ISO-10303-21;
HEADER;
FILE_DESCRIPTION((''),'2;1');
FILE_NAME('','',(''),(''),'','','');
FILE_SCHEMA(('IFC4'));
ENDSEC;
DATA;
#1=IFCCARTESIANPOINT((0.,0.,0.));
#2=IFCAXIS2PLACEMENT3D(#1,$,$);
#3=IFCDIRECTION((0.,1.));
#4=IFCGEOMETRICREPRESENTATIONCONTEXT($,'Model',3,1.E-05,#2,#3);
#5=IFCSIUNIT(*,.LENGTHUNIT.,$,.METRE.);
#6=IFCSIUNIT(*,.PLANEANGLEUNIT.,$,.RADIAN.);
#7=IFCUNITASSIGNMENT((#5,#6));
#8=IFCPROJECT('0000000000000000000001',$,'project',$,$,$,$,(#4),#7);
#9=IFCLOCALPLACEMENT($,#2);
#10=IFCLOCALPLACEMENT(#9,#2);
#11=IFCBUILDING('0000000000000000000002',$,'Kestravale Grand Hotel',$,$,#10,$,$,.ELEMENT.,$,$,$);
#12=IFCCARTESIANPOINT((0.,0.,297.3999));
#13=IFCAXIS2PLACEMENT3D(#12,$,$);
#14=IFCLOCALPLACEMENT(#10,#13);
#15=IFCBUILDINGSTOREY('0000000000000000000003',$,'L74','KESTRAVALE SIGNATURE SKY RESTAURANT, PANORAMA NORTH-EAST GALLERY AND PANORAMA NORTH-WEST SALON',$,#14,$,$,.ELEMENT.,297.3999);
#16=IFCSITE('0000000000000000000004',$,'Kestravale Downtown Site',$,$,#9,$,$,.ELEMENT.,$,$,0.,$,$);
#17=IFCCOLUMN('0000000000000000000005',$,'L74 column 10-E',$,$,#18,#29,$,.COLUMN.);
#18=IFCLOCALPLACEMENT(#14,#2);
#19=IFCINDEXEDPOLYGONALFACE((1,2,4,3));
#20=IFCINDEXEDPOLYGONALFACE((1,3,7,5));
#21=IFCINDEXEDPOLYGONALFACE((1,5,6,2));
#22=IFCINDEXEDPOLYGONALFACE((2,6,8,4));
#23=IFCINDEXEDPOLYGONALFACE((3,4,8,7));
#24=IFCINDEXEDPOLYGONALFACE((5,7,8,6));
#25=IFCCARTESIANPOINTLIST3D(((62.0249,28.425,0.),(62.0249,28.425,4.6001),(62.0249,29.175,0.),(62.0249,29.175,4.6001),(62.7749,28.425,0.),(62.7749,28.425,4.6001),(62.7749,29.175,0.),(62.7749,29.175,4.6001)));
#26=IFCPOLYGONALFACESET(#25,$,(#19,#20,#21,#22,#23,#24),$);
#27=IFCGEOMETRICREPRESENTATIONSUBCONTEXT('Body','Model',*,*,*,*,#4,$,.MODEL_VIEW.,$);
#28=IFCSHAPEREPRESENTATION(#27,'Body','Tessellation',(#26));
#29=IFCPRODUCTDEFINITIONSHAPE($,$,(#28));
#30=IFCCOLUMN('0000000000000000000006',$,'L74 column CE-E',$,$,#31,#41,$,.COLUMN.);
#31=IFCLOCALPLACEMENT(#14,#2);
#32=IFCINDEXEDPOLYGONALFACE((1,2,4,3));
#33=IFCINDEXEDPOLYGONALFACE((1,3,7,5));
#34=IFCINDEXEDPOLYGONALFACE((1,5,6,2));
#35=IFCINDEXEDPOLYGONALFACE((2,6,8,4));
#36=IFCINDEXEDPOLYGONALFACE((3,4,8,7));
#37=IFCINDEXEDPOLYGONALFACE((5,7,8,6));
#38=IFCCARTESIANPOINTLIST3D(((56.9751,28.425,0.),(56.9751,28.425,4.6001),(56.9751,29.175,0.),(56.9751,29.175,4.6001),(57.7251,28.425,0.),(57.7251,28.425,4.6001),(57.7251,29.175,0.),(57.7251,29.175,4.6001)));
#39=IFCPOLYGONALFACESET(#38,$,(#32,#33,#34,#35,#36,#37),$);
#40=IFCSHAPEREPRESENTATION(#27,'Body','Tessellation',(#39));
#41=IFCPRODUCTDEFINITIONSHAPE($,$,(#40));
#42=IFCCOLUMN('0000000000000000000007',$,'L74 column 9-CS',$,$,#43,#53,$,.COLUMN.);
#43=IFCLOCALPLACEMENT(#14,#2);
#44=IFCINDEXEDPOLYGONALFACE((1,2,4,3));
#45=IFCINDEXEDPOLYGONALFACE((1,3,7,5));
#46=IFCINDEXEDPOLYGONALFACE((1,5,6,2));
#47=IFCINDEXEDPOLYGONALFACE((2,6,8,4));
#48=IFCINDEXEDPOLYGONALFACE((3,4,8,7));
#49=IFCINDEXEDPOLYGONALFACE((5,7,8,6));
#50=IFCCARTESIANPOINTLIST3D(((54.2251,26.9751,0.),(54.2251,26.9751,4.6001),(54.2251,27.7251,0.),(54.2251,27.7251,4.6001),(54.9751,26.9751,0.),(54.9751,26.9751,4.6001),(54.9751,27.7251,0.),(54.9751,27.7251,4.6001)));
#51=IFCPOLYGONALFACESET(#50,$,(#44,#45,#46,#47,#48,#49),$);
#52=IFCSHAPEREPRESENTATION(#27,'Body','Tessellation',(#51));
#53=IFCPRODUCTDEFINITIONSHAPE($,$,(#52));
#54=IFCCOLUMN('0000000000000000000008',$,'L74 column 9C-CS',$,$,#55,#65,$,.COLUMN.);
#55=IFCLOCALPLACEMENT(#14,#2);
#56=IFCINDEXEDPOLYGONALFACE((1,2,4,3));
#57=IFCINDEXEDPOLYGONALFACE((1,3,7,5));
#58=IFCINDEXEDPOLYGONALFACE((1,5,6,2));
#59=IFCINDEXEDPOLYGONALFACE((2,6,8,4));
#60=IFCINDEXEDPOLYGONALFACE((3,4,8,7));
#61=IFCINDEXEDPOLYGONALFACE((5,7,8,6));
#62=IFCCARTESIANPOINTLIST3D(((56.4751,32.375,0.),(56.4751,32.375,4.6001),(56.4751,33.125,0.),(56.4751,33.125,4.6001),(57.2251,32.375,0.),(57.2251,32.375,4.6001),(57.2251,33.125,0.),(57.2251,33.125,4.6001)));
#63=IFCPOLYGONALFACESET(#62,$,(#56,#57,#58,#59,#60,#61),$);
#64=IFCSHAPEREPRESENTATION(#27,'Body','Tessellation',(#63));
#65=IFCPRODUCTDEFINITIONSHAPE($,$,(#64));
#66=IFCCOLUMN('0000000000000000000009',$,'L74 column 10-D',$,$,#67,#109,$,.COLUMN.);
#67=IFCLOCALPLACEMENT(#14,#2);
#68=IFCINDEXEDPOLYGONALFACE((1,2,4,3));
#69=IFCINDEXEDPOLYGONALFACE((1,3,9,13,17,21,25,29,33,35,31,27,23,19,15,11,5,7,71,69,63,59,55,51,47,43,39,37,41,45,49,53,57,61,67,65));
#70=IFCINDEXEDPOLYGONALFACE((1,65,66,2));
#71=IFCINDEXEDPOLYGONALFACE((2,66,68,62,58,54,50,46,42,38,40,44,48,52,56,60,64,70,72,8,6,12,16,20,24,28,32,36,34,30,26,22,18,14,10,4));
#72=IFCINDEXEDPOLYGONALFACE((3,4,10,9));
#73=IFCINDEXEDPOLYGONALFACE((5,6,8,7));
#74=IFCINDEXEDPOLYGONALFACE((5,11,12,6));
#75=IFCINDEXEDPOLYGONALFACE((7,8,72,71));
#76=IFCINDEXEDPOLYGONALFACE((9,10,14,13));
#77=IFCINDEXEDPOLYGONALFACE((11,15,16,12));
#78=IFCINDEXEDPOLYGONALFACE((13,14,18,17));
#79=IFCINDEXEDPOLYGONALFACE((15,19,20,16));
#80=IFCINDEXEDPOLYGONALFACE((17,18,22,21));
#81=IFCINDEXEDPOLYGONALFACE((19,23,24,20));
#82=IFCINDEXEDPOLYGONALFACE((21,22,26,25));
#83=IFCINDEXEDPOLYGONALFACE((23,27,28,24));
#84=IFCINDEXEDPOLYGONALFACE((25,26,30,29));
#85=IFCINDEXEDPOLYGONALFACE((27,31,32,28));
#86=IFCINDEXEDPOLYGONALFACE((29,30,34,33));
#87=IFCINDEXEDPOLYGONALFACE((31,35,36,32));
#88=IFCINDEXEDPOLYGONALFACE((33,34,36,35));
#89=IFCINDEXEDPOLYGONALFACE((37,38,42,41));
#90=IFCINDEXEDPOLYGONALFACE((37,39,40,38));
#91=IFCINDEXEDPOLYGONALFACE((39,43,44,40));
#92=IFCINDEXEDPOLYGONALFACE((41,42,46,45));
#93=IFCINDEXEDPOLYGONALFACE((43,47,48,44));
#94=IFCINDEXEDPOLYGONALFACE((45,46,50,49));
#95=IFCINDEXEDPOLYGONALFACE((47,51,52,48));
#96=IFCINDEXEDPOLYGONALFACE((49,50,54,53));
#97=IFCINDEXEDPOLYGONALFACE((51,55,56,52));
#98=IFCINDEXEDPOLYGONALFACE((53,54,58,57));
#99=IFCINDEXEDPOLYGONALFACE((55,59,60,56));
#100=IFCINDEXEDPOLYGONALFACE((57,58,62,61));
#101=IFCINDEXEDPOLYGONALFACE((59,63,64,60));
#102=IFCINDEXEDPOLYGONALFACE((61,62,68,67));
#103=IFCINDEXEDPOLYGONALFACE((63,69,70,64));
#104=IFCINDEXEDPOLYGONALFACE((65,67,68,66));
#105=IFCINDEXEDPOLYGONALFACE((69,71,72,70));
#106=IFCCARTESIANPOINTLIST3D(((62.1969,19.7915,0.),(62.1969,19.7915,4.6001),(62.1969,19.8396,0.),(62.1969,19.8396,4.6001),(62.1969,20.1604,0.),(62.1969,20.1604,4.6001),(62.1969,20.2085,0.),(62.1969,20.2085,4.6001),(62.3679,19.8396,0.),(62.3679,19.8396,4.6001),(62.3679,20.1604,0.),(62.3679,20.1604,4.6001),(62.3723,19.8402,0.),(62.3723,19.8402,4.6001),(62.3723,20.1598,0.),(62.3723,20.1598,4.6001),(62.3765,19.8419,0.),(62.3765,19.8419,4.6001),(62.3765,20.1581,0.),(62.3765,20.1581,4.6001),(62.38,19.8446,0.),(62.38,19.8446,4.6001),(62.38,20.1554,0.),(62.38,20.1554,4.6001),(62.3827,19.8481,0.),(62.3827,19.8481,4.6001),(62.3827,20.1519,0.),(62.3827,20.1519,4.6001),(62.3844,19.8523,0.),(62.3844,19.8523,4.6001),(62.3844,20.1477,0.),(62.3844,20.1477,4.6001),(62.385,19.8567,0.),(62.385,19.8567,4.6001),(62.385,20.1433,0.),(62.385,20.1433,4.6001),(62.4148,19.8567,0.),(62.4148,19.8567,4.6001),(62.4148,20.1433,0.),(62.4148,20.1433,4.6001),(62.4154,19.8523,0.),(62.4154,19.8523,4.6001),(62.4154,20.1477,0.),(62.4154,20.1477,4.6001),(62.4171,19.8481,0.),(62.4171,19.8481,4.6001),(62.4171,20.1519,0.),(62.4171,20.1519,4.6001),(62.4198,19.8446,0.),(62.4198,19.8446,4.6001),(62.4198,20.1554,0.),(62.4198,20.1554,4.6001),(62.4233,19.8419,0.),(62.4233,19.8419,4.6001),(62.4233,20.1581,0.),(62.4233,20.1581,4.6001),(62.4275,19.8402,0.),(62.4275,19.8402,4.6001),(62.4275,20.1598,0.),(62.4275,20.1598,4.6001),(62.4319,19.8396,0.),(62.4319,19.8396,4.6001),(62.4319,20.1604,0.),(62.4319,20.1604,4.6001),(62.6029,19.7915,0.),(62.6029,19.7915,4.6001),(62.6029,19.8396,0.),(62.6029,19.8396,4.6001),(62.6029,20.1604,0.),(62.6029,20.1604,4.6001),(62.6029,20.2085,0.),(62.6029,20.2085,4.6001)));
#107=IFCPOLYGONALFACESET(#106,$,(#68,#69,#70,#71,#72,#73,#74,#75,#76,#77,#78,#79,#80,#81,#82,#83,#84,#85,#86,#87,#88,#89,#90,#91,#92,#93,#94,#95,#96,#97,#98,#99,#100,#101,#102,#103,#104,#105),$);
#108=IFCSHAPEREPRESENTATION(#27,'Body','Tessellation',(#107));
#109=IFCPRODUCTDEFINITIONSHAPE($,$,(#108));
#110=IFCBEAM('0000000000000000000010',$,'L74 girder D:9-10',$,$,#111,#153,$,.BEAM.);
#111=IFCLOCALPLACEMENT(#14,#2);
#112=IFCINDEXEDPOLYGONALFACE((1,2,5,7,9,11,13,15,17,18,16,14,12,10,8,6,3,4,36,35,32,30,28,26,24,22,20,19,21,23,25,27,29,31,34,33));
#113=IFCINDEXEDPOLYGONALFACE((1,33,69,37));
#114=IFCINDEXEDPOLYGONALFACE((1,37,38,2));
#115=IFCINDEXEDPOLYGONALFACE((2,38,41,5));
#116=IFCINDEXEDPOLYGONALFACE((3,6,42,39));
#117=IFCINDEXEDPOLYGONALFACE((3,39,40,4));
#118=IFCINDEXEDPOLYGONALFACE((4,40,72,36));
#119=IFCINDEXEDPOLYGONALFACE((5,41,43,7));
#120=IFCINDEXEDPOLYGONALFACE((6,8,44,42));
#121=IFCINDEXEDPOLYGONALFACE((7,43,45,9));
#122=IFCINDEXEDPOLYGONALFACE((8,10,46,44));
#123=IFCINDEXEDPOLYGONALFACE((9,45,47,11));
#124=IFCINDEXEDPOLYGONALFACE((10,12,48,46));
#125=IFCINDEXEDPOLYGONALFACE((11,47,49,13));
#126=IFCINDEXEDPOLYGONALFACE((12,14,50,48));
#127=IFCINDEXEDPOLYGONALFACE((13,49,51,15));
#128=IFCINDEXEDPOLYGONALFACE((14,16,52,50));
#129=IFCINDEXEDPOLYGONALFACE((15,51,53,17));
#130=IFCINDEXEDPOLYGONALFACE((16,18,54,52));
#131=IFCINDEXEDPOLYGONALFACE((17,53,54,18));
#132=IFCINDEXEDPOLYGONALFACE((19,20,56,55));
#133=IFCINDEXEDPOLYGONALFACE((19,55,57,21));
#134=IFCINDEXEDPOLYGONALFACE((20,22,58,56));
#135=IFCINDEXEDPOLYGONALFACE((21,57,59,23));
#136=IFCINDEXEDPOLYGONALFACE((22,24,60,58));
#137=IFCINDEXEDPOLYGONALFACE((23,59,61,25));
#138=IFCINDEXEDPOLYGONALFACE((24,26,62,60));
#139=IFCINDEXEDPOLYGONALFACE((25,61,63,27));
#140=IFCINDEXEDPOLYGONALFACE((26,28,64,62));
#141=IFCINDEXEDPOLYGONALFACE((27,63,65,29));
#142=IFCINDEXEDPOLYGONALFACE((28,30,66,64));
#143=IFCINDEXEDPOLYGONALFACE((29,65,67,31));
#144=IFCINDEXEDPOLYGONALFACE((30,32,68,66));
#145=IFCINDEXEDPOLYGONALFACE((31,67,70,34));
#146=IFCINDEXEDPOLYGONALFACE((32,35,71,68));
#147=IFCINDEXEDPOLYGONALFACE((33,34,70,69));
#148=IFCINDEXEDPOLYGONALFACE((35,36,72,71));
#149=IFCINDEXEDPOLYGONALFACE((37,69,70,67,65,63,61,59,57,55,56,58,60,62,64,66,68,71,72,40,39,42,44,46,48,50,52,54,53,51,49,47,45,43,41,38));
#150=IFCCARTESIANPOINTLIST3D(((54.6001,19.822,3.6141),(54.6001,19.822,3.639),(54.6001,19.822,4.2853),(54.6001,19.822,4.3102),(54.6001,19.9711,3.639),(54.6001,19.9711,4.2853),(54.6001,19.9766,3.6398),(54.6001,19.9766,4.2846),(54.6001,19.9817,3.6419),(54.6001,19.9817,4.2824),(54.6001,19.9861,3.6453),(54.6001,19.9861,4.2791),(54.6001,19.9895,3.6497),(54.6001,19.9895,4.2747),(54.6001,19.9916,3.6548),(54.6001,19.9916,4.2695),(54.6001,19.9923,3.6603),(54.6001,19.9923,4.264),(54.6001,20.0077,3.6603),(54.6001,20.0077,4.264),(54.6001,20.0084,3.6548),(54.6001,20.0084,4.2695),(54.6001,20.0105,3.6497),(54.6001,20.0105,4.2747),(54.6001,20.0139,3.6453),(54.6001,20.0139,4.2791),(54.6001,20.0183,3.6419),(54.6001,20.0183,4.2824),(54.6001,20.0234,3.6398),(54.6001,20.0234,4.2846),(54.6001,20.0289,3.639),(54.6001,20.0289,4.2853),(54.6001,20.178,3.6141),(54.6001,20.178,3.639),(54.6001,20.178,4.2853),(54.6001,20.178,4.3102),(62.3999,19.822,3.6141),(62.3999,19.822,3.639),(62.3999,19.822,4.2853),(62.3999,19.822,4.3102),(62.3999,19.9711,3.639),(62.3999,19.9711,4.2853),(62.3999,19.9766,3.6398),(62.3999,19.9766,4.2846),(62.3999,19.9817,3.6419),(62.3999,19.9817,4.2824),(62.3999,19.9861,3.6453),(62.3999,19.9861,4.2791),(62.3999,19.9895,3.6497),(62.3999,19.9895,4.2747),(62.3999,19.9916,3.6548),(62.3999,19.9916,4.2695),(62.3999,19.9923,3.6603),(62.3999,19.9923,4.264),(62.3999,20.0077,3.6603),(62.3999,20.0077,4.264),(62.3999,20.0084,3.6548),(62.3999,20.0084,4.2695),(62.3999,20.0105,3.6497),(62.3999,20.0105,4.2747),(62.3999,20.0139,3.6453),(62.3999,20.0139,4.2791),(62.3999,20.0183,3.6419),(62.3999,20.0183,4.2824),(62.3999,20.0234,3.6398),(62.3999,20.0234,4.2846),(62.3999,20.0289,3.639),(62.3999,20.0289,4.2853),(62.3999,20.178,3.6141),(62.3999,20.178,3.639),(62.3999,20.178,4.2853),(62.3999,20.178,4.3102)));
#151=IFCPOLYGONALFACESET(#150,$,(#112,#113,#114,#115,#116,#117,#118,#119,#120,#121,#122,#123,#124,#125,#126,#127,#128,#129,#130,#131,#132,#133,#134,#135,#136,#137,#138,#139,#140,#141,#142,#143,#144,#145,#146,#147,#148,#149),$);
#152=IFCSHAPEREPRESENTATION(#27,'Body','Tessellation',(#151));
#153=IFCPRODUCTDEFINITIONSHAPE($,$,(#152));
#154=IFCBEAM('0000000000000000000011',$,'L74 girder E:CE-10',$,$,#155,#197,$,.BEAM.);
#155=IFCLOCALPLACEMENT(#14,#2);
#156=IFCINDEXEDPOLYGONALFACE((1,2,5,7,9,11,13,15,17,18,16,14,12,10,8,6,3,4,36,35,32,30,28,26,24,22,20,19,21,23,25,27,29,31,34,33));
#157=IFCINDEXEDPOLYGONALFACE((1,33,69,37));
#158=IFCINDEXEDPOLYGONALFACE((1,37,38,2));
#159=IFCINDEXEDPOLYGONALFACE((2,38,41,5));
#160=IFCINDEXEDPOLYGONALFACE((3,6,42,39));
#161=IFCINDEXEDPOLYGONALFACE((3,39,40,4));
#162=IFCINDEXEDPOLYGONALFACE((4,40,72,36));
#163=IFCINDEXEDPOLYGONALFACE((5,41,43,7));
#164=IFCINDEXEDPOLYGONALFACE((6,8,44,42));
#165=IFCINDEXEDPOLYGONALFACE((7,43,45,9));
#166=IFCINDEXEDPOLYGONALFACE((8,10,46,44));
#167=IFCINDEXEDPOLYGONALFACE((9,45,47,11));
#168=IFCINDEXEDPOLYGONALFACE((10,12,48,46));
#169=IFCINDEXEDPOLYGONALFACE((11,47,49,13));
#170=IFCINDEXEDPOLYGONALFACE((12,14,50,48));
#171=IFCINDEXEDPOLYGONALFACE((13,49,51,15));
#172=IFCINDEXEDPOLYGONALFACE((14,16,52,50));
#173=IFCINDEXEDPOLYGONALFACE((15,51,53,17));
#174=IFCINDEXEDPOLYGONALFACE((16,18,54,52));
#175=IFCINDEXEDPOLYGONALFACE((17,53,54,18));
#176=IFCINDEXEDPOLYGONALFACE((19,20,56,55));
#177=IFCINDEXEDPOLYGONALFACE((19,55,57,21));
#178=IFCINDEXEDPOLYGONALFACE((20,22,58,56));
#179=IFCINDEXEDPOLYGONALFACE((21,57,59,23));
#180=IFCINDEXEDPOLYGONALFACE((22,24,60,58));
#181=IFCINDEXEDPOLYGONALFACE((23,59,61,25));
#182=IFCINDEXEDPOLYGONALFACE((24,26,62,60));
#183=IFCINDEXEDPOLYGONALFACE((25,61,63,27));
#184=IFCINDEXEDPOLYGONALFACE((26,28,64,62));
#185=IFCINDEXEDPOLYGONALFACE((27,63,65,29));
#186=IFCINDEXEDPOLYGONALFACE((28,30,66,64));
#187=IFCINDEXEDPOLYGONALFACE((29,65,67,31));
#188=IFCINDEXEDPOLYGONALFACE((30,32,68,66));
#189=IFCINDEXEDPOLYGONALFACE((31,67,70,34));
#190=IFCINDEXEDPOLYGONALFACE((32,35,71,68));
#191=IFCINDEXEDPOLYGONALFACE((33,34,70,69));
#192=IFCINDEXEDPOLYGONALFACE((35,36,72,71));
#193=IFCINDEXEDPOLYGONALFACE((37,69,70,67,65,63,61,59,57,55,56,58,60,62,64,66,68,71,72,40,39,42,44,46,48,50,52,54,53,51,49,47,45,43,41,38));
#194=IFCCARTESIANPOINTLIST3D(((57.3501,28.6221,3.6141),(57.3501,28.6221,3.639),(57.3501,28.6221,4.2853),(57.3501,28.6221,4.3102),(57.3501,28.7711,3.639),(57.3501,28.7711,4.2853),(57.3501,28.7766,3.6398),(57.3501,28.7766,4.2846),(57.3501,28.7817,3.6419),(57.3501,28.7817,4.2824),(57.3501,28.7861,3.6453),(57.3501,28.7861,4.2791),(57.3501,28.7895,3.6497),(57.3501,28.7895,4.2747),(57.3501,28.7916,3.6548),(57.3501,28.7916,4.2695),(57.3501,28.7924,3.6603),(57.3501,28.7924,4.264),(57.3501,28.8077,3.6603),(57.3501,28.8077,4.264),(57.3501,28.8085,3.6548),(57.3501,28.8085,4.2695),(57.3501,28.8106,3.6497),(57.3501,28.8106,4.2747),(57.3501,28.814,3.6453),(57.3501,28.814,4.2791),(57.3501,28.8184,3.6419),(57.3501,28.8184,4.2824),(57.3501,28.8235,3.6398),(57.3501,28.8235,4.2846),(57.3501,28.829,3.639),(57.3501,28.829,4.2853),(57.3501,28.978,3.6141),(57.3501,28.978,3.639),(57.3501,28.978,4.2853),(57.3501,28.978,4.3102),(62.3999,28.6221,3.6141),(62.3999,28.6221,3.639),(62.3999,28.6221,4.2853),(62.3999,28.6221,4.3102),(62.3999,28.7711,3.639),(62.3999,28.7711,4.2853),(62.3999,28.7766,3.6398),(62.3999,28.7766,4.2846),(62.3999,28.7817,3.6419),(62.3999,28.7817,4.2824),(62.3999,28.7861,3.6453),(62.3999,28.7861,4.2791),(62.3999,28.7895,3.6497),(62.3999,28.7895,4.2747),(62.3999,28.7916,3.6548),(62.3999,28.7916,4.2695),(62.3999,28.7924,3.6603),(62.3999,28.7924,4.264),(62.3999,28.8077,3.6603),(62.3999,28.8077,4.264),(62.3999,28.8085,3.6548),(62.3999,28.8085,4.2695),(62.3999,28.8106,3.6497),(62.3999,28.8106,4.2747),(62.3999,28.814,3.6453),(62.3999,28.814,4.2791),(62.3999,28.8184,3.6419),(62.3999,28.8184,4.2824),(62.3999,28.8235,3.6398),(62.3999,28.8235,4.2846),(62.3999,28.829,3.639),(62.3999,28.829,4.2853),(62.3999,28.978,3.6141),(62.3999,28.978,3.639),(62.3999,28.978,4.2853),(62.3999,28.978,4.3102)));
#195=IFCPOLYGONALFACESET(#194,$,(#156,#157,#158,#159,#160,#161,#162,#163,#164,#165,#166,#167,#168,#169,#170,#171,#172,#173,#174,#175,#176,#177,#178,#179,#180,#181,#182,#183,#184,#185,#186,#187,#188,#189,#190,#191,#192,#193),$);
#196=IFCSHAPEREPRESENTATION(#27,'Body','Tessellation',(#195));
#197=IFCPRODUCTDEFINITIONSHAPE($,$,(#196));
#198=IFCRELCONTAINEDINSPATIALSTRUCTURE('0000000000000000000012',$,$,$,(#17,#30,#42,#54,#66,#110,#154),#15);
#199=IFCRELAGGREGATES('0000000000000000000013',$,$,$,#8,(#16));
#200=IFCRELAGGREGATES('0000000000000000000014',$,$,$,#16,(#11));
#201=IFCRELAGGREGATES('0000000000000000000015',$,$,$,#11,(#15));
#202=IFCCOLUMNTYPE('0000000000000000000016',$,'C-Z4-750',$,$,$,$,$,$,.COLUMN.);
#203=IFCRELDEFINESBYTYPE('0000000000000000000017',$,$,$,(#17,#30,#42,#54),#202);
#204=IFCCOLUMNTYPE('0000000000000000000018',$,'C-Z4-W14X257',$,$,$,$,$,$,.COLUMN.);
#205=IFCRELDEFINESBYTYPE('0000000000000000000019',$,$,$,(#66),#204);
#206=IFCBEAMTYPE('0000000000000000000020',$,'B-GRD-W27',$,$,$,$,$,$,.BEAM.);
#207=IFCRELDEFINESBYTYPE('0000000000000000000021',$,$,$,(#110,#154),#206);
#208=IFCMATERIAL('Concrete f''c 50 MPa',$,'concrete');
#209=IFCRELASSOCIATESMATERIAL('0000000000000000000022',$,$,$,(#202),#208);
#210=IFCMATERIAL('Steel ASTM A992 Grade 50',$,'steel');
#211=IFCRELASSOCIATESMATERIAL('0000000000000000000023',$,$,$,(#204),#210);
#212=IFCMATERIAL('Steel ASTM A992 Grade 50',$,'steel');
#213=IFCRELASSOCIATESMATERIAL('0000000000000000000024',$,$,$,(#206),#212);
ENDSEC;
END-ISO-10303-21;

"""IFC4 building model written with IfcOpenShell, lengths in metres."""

from ifc_helpers import new_model, si_unit, direction, frame, origin, origin_2d, place, context, subcontext, project, spatial, rectangle, i_section, extrude, material, material_profile, profile_set, type_object, element, save


model = new_model("IFC4")

# Units and contexts
model_context = context("Model", 3, precision=1e-05, world=origin(), true_north=direction((0.0, 1.0)))
body_context = subcontext(model_context, "Body", "Model", "MODEL_VIEW")
ifc_project = project(units=[si_unit("LENGTHUNIT", "METRE"), si_unit("PLANEANGLEUNIT", "RADIAN")], contexts=[model_context])

# Site, building, storey
site_placement = place(None, origin())
site = spatial("IfcSite", under=ifc_project, at=site_placement, Name="Kestravale Downtown Site", CompositionType="ELEMENT", RefElevation=0.0)
building_placement = place(site_placement, origin())
building = spatial("IfcBuilding", under=site, at=building_placement, Name="Kestravale Grand Hotel", CompositionType="ELEMENT")
storey_placement = place(building_placement, frame((0.0, 0.0, 297.3999)))
storey = spatial("IfcBuildingStorey", under=building, at=storey_placement, Name="L74", Description="KESTRAVALE SIGNATURE SKY RESTAURANT, PANORAMA NORTH-EAST GALLERY AND PANORAMA NORTH-WEST SALON", CompositionType="ELEMENT", Elevation=297.3999)

# Columns
ifc_material_1 = material(Name="Concrete f'c 50 MPa", Category="concrete")
ifc_material_profile_1 = material_profile(ifc_material_1, rectangle(XDim=0.75, YDim=0.75, at=origin_2d()))
ifc_profile_set_1 = profile_set([ifc_material_profile_1], Name="Concrete f'c 50 MPa")
column_type_1 = type_object("IfcColumnType", Name="C-Z4-750", PredefinedType="COLUMN", material=ifc_profile_set_1)
for number, where, z_axis, x_axis, name in (
    (1, (62.3999, 28.8, 0.0), (0.0, 0.0, 1.0), (1.0, 0.0, 0.0), "L74 column 10-E"),
    (2, (57.3501, 28.8, 0.0), (0.0, 0.0, 1.0), (1.0, 0.0, 0.0), "L74 column CE-E"),
    (3, (54.6001, 27.3501, 0.0), (0.0, 0.0, 1.0), (1.0, 0.0, 0.0), "L74 column 9-CS"),
    (4, (56.8501, 32.75, 0.0), (0.0, 0.0, 1.0), (1.0, 0.0, 0.0), "L74 column 9C-CS"),
):
    element("IfcColumn", number, at=place(storey_placement, frame(where, z_axis=z_axis, x_axis=x_axis)), inside=storey, type_object=column_type_1, Name=name, PredefinedType="COLUMN", context=body_context, shape_type="SweptSolid", body=[
        extrude(rectangle(XDim=0.75, YDim=0.75, at=origin_2d()), origin(), (0.0, 0.0, 1.0), 4.6001),
    ])
ifc_material_2 = material(Name="Steel ASTM A992 Grade 50", Category="steel")
ifc_material_profile_2 = material_profile(ifc_material_2, i_section(OverallWidth=0.406, OverallDepth=0.417, WebThickness=0.0298, FlangeThickness=0.0481, FilletRadius=0.0171, at=origin_2d()))
ifc_profile_set_2 = profile_set([ifc_material_profile_2], Name="Steel ASTM A992 Grade 50")
column_type_2 = type_object("IfcColumnType", Name="C-Z4-W14X257", PredefinedType="COLUMN", material=ifc_profile_set_2)
column_placement = place(storey_placement, frame((62.3999, 20.0, 0.0), z_axis=(0.0, 0.0, 1.0), x_axis=(1.0, 0.0, 0.0)))
element("IfcColumn", 5, at=column_placement, inside=storey, type_object=column_type_2, Name="L74 column 10-D", PredefinedType="COLUMN", context=body_context, shape_type="SweptSolid", body=[
    extrude(i_section(OverallWidth=0.406, OverallDepth=0.417, WebThickness=0.0298, FlangeThickness=0.0481, FilletRadius=0.0171, at=origin_2d()), origin(), (0.0, 0.0, 1.0), 4.6001),
])

# Beams
ifc_material_3 = material(Name="Steel ASTM A992 Grade 50", Category="steel")
ifc_material_profile_3 = material_profile(ifc_material_3, i_section(OverallWidth=0.356, OverallDepth=0.696, WebThickness=0.0154, FlangeThickness=0.0249, FilletRadius=0.0212, at=origin_2d()))
ifc_profile_set_3 = profile_set([ifc_material_profile_3], Name="Steel ASTM A992 Grade 50")
beam_type = type_object("IfcBeamType", Name="B-GRD-W27", PredefinedType="BEAM", material=ifc_profile_set_3)
beam_1_placement = place(storey_placement, frame((54.6001, 20.0, 3.9622), z_axis=(1.0, 0.0, 0.0), x_axis=(0.0, 1.0, 0.0)))
element("IfcBeam", 6, at=beam_1_placement, inside=storey, type_object=beam_type, Name="L74 girder D:9-10", PredefinedType="BEAM", context=body_context, shape_type="SweptSolid", body=[
    extrude(i_section(OverallWidth=0.356, OverallDepth=0.696, WebThickness=0.0154, FlangeThickness=0.0249, FilletRadius=0.0212, at=origin_2d()), origin(), (0.0, 0.0, 1.0), 7.7998),
])
beam_2_placement = place(storey_placement, frame((57.3501, 28.8, 3.9622), z_axis=(1.0, 0.0, 0.0), x_axis=(0.0, 1.0, 0.0)))
element("IfcBeam", 7, at=beam_2_placement, inside=storey, type_object=beam_type, Name="L74 girder E:CE-10", PredefinedType="BEAM", context=body_context, shape_type="SweptSolid", body=[
    extrude(i_section(OverallWidth=0.356, OverallDepth=0.696, WebThickness=0.0154, FlangeThickness=0.0249, FilletRadius=0.0212, at=origin_2d()), origin(), (0.0, 0.0, 1.0), 5.0498),
])

save(model, "model.ifc")
